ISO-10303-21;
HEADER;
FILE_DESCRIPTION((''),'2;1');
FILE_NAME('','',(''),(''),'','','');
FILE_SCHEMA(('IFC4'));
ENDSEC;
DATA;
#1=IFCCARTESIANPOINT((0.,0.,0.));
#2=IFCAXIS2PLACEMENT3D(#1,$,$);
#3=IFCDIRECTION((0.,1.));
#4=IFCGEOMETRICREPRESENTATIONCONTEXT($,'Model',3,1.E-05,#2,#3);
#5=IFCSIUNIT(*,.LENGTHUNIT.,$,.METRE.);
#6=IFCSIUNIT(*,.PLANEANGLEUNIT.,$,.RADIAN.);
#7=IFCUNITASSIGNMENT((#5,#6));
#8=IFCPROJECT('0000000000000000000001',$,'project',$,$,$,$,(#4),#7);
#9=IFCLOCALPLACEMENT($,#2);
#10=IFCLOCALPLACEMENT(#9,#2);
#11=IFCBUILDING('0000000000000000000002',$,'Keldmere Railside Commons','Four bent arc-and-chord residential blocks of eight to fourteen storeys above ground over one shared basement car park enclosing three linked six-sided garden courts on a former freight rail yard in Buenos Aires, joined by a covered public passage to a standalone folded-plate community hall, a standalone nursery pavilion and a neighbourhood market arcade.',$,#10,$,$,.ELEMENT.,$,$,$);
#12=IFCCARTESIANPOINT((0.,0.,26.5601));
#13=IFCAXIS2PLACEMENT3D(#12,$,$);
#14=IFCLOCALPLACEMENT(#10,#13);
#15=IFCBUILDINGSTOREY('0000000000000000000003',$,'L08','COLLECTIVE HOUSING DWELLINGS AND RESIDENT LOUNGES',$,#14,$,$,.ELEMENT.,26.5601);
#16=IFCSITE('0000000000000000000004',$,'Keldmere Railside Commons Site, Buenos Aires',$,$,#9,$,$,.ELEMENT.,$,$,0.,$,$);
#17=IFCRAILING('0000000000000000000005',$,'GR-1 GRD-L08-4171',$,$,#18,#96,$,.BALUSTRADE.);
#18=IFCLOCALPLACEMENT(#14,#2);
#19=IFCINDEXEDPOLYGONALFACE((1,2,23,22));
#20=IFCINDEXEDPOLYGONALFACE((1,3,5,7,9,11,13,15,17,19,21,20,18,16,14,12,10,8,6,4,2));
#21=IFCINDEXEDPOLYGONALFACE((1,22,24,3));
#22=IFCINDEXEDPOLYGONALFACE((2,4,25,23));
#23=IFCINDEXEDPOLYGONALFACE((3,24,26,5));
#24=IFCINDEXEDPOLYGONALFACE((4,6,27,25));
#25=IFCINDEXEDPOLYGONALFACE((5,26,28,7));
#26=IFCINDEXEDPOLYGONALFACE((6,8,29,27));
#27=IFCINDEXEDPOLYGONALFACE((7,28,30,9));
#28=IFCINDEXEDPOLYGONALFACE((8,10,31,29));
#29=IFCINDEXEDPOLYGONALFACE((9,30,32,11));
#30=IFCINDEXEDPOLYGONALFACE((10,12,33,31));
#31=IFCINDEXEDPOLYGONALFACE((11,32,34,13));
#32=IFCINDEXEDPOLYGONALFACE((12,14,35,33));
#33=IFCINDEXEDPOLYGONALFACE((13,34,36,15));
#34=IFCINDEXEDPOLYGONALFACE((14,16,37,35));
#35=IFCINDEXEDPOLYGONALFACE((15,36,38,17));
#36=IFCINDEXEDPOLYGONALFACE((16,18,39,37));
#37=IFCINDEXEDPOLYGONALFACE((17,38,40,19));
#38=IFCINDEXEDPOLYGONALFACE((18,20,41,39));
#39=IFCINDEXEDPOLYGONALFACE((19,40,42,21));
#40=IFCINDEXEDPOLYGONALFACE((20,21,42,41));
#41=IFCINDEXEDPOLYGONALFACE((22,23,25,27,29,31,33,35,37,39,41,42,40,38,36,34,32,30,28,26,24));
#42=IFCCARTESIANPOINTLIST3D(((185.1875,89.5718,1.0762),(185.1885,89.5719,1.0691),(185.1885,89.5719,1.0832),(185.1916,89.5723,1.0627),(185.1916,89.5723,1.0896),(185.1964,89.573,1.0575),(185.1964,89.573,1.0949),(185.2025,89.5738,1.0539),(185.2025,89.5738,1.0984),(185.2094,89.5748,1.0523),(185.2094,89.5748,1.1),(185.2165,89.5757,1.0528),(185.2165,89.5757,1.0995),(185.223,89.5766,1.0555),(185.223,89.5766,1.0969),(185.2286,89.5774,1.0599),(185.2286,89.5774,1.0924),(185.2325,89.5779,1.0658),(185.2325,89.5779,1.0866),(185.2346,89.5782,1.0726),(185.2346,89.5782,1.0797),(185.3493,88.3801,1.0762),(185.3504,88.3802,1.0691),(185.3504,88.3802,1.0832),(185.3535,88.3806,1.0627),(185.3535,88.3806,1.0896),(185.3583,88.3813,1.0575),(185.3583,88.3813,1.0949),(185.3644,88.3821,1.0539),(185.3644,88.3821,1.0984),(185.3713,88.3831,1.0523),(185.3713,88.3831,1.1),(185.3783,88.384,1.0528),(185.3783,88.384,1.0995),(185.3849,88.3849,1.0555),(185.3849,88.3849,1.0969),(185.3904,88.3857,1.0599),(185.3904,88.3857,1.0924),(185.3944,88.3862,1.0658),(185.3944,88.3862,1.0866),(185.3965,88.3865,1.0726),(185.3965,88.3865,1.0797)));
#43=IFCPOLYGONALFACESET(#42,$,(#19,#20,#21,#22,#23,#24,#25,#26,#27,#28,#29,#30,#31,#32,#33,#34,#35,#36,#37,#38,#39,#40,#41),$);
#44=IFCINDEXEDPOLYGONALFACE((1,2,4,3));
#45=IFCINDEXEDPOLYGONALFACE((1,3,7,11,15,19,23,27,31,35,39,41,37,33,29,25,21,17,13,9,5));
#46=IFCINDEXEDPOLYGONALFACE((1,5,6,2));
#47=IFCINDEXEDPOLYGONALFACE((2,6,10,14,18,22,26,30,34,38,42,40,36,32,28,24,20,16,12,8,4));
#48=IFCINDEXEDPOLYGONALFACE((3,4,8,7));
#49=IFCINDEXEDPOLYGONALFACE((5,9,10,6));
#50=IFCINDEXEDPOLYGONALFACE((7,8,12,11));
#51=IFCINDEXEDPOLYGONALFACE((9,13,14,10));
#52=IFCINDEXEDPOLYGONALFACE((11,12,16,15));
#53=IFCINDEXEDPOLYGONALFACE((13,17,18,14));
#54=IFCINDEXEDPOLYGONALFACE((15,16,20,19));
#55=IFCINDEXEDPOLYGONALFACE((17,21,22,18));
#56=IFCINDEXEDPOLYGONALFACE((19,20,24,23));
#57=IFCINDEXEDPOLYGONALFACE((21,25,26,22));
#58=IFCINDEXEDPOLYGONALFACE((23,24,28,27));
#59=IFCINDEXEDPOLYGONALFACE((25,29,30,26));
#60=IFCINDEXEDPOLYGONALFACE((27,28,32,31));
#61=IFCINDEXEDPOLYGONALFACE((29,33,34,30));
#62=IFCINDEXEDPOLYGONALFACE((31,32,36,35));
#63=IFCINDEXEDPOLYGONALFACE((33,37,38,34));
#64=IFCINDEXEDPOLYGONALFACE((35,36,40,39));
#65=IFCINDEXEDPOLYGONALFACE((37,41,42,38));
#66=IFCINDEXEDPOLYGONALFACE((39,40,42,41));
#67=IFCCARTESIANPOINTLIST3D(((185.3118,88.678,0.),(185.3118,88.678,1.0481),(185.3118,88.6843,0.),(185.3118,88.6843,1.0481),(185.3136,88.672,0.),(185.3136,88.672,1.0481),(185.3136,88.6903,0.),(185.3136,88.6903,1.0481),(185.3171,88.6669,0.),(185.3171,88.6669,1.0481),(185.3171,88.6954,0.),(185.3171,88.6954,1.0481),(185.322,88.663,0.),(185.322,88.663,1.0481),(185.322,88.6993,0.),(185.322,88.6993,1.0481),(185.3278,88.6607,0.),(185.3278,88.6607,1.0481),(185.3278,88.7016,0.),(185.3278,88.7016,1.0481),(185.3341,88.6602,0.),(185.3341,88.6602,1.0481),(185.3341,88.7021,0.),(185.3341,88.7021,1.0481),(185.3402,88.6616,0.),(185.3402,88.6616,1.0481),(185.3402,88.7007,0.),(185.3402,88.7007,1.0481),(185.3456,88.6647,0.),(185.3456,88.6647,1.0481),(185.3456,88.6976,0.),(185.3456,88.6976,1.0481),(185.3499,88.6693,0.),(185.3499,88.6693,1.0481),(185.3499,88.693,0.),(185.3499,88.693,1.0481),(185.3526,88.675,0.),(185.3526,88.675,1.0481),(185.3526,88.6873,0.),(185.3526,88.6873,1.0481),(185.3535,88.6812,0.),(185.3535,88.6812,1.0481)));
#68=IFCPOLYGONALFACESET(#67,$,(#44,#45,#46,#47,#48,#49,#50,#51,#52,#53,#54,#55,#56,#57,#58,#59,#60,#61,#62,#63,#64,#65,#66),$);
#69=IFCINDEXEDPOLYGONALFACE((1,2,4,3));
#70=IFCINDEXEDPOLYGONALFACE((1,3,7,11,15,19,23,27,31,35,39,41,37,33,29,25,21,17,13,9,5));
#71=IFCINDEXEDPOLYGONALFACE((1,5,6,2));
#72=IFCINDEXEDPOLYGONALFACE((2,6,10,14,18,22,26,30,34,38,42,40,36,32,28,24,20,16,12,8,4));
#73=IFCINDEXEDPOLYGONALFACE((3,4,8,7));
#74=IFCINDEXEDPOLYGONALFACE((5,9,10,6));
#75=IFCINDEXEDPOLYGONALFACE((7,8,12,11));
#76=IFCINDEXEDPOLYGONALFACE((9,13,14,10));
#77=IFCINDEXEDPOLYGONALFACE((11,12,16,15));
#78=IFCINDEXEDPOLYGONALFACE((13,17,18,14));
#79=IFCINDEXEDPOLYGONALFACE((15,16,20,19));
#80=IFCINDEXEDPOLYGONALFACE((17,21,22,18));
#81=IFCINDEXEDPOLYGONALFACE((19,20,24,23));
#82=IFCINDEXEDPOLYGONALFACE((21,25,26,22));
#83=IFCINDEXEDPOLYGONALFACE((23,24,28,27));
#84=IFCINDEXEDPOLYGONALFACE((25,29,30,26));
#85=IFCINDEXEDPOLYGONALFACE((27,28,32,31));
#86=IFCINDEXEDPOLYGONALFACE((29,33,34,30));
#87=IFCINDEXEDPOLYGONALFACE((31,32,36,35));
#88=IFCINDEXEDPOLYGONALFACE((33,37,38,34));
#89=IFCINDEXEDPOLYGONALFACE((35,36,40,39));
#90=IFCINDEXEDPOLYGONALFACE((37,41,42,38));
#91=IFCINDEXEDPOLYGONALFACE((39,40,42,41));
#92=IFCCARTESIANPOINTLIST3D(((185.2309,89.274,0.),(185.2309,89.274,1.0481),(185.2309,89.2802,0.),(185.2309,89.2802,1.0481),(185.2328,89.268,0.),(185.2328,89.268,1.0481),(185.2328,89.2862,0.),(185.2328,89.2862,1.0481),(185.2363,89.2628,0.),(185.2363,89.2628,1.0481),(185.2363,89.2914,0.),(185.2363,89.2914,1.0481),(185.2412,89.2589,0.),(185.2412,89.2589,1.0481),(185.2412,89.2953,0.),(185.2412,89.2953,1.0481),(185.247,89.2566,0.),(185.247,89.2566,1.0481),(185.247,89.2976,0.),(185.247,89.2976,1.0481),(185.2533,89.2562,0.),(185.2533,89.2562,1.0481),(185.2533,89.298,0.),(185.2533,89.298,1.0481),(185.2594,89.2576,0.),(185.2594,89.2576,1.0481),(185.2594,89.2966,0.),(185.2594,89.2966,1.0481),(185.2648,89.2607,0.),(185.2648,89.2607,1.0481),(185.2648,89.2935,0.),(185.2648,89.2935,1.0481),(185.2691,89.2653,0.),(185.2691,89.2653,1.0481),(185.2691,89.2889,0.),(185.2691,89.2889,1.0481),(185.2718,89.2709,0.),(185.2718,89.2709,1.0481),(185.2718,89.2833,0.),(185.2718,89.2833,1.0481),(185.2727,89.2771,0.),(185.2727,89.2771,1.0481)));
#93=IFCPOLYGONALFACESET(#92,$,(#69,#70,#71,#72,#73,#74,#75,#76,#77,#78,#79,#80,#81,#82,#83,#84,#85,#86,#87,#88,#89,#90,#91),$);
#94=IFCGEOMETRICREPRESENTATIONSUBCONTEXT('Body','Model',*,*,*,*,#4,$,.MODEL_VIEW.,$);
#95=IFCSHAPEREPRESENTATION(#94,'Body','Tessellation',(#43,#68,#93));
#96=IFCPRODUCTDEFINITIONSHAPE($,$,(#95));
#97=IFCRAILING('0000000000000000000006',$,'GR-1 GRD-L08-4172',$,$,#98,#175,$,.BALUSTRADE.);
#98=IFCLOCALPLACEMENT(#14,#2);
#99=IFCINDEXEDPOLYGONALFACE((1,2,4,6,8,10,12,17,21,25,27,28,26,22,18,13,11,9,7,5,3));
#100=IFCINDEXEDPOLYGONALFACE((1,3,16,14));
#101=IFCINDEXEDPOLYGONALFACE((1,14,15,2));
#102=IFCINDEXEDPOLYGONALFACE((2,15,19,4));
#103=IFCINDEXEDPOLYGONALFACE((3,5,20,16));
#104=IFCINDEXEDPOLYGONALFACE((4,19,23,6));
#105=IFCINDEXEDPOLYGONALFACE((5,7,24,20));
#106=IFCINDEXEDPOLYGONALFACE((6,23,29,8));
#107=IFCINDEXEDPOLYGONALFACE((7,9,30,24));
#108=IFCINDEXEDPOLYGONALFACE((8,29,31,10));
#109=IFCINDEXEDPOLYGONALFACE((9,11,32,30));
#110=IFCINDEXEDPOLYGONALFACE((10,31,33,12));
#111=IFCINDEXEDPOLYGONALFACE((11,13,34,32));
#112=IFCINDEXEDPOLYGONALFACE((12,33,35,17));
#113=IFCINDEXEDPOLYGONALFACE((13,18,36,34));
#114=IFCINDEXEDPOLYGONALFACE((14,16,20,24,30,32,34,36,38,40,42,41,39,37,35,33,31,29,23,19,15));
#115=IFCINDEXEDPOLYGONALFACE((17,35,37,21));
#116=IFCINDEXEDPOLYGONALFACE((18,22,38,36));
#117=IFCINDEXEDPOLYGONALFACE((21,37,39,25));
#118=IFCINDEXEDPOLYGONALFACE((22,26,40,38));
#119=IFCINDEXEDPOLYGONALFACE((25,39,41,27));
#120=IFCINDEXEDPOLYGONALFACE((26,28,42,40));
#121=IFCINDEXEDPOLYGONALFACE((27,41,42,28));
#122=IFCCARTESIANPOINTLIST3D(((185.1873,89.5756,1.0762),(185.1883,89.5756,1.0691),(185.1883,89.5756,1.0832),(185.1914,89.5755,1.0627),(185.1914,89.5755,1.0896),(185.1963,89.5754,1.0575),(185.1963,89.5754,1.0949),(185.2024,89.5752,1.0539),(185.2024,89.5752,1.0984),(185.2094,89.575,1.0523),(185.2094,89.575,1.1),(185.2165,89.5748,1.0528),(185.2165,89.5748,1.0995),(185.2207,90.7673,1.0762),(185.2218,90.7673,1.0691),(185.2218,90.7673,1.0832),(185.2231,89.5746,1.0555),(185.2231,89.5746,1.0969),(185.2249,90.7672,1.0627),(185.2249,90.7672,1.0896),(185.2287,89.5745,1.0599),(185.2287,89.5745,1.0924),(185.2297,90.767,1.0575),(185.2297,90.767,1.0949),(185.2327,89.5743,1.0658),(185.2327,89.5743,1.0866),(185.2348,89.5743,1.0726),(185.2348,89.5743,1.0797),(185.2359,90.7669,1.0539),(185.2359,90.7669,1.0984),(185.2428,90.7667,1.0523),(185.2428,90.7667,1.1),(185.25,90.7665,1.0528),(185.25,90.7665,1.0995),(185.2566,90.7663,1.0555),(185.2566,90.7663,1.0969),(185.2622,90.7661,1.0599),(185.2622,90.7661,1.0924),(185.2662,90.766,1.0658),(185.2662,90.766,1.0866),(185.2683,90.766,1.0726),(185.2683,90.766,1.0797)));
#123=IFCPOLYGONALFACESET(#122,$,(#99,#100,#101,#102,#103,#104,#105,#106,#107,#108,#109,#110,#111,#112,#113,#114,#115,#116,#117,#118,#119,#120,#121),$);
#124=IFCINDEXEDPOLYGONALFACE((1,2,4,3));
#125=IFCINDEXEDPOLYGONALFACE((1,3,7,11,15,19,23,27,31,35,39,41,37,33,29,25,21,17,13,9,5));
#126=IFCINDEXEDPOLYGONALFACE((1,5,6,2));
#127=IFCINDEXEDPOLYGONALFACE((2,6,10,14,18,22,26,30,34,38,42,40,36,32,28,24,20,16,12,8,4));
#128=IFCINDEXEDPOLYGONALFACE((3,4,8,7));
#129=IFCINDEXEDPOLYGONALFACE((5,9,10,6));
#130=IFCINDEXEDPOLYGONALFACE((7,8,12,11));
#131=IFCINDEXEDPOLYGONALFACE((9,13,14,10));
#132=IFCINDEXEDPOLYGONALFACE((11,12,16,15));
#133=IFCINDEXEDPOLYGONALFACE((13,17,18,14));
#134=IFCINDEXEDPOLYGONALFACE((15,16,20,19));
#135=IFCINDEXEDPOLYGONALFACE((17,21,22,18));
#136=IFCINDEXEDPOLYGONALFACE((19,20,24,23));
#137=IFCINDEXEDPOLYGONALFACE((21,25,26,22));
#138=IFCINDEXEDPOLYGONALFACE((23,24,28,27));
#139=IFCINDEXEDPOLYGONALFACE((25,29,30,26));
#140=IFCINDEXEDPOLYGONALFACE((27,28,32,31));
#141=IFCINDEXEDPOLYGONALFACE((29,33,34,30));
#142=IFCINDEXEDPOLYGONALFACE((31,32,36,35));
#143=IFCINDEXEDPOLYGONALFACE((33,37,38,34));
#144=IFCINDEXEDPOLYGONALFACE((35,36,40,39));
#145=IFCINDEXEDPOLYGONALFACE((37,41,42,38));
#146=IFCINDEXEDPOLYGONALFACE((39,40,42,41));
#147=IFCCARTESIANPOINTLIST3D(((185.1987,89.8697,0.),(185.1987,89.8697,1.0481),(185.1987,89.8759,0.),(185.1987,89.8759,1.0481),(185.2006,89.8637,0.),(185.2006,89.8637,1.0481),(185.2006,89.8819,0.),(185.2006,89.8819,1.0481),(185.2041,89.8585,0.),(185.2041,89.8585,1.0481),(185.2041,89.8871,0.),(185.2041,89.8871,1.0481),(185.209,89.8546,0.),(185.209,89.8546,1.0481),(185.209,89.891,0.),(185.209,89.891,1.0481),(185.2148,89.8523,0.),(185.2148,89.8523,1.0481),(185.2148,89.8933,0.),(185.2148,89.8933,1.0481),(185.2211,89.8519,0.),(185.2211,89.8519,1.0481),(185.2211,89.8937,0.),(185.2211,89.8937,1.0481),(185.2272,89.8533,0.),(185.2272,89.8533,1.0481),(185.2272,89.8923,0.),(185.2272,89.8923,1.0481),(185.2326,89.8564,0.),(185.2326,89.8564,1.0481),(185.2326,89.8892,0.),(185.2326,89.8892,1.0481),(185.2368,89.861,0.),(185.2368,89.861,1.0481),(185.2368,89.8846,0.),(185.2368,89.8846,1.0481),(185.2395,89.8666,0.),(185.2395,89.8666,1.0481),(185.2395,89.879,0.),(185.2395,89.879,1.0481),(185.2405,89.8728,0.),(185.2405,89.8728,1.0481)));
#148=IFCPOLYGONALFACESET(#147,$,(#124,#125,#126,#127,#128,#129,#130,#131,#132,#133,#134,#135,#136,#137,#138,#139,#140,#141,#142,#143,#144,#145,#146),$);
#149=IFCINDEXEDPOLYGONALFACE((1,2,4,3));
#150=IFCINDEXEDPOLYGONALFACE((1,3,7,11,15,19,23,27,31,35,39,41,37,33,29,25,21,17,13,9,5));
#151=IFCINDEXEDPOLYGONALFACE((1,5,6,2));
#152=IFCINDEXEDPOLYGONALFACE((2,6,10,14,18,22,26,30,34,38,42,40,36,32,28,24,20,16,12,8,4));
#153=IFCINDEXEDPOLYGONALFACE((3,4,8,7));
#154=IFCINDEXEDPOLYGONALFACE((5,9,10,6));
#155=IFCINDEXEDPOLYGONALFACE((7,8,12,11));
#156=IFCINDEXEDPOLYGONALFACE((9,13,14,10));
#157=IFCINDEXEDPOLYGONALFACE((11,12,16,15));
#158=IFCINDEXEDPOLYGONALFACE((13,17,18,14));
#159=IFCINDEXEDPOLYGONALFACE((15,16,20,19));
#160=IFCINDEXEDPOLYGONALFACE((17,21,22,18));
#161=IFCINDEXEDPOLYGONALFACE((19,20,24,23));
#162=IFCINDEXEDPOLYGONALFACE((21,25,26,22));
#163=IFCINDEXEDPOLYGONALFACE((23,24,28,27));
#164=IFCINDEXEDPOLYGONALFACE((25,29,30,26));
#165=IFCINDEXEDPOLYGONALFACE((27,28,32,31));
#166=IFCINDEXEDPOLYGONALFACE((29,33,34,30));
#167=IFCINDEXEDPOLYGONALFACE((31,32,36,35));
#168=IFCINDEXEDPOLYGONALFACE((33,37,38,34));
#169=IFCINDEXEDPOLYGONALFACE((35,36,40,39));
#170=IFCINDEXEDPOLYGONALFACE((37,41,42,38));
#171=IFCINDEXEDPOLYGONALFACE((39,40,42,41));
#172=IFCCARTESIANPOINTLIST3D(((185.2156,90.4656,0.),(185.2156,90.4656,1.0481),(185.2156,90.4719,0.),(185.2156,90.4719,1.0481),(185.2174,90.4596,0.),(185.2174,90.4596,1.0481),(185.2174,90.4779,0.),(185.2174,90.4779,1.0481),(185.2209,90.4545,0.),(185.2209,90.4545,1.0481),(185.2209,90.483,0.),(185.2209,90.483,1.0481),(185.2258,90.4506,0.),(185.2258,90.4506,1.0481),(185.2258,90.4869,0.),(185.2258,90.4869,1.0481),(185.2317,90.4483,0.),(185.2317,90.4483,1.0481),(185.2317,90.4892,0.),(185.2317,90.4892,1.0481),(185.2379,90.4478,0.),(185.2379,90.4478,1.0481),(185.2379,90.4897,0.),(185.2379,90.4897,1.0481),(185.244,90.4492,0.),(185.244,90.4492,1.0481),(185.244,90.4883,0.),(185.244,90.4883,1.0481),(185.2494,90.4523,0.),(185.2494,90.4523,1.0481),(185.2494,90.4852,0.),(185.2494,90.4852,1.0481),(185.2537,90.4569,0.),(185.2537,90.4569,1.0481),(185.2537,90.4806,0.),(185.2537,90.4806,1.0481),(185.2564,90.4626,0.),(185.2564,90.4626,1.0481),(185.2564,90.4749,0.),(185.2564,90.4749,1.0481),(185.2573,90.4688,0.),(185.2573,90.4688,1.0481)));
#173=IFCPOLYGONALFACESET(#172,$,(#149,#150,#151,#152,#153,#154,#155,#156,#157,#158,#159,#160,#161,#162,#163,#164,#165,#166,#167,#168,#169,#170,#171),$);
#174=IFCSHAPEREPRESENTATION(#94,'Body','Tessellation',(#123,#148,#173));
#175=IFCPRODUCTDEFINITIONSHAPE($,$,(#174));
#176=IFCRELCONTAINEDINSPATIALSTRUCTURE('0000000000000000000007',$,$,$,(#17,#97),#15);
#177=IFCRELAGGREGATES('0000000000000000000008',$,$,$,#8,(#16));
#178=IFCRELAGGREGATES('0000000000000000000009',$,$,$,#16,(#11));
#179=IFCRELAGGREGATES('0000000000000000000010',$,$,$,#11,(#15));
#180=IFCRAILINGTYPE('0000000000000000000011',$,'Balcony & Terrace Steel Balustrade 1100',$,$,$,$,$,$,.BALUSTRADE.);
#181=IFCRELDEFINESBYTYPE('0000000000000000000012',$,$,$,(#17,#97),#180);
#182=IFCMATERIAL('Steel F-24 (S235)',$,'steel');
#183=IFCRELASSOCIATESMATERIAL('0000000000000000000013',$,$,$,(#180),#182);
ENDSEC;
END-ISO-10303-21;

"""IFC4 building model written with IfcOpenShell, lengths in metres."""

from ifc_helpers import new_model, si_unit, direction, frame, origin, origin_2d, place, context, subcontext, project, spatial, circle, extrude, material, type_object, element, save


model = new_model("IFC4")

# Units and contexts
model_context = context("Model", 3, precision=1e-05, world=origin(), true_north=direction((0.0, 1.0)))
body_context = subcontext(model_context, "Body", "Model", "MODEL_VIEW")
ifc_project = project(units=[si_unit("LENGTHUNIT", "METRE"), si_unit("PLANEANGLEUNIT", "RADIAN")], contexts=[model_context])

# Site, building, storey
site_placement = place(None, origin())
site = spatial("IfcSite", under=ifc_project, at=site_placement, Name="Keldmere Railside Commons Site, Buenos Aires", CompositionType="ELEMENT", RefElevation=0.0)
building_placement = place(site_placement, origin())
building = spatial("IfcBuilding", under=site, at=building_placement, Name="Keldmere Railside Commons", Description="Four bent arc-and-chord residential blocks of eight to fourteen storeys above ground over one shared basement car park enclosing three linked six-sided garden courts on a former freight rail yard in Buenos Aires, joined by a covered public passage to a standalone folded-plate community hall, a standalone nursery pavilion and a neighbourhood market arcade.", CompositionType="ELEMENT")
storey_placement = place(building_placement, frame((0.0, 0.0, 26.5601)))
storey = spatial("IfcBuildingStorey", under=building, at=storey_placement, Name="L08", Description="COLLECTIVE HOUSING DWELLINGS AND RESIDENT LOUNGES", CompositionType="ELEMENT", Elevation=26.5601)

# Railings
ifc_material_1 = material(Name="Steel F-24 (S235)", Category="steel")
railing_type = type_object("IfcRailingType", Name="Balcony & Terrace Steel Balustrade 1100", PredefinedType="BALUSTRADE", material=ifc_material_1)
railing_1_placement = place(storey_placement, frame((185.373, 88.3833, 0.0)))
element("IfcRailing", 1, at=railing_1_placement, inside=storey, type_object=railing_type, Name="GR-1 GRD-L08-4171", PredefinedType="BALUSTRADE", context=body_context, shape_type="SweptSolid", body=[
    extrude(circle(Radius=0.0239, at=origin_2d()), frame((0.0, 0.0, 1.0762), z_axis=(-0.134597, 0.9909, 0.0), x_axis=(-0.9909, -0.134597, 0.0)), (0.0, 0.0, 1.0), 1.2026),
    extrude(circle(Radius=0.021, at=origin_2d()), frame((-0.0405, 0.2979, 0.0)), (0.0, 0.0, 1.0), 1.0481),
    extrude(circle(Radius=0.021, at=origin_2d()), frame((-0.1213, 0.8938, 0.0)), (0.0, 0.0, 1.0), 1.0481),
])
railing_2_placement = place(storey_placement, frame((185.2112, 89.575, 0.0)))
element("IfcRailing", 2, at=railing_2_placement, inside=storey, type_object=railing_type, Name="GR-1 GRD-L08-4172", PredefinedType="BALUSTRADE", context=body_context, shape_type="SweptSolid", body=[
    extrude(circle(Radius=0.0239, at=origin_2d()), frame((0.0, 0.0, 1.0762), z_axis=(0.028057, 0.999606, 0.0), x_axis=(-0.999606, 0.028057, 0.0)), (0.0, 0.0, 1.0), 1.1921),
    extrude(circle(Radius=0.021, at=origin_2d()), frame((0.0083, 0.2979, 0.0)), (0.0, 0.0, 1.0), 1.0481),
    extrude(circle(Radius=0.021, at=origin_2d()), frame((0.0251, 0.8938, 0.0)), (0.0, 0.0, 1.0), 1.0481),
])

save(model, "model.ifc")
